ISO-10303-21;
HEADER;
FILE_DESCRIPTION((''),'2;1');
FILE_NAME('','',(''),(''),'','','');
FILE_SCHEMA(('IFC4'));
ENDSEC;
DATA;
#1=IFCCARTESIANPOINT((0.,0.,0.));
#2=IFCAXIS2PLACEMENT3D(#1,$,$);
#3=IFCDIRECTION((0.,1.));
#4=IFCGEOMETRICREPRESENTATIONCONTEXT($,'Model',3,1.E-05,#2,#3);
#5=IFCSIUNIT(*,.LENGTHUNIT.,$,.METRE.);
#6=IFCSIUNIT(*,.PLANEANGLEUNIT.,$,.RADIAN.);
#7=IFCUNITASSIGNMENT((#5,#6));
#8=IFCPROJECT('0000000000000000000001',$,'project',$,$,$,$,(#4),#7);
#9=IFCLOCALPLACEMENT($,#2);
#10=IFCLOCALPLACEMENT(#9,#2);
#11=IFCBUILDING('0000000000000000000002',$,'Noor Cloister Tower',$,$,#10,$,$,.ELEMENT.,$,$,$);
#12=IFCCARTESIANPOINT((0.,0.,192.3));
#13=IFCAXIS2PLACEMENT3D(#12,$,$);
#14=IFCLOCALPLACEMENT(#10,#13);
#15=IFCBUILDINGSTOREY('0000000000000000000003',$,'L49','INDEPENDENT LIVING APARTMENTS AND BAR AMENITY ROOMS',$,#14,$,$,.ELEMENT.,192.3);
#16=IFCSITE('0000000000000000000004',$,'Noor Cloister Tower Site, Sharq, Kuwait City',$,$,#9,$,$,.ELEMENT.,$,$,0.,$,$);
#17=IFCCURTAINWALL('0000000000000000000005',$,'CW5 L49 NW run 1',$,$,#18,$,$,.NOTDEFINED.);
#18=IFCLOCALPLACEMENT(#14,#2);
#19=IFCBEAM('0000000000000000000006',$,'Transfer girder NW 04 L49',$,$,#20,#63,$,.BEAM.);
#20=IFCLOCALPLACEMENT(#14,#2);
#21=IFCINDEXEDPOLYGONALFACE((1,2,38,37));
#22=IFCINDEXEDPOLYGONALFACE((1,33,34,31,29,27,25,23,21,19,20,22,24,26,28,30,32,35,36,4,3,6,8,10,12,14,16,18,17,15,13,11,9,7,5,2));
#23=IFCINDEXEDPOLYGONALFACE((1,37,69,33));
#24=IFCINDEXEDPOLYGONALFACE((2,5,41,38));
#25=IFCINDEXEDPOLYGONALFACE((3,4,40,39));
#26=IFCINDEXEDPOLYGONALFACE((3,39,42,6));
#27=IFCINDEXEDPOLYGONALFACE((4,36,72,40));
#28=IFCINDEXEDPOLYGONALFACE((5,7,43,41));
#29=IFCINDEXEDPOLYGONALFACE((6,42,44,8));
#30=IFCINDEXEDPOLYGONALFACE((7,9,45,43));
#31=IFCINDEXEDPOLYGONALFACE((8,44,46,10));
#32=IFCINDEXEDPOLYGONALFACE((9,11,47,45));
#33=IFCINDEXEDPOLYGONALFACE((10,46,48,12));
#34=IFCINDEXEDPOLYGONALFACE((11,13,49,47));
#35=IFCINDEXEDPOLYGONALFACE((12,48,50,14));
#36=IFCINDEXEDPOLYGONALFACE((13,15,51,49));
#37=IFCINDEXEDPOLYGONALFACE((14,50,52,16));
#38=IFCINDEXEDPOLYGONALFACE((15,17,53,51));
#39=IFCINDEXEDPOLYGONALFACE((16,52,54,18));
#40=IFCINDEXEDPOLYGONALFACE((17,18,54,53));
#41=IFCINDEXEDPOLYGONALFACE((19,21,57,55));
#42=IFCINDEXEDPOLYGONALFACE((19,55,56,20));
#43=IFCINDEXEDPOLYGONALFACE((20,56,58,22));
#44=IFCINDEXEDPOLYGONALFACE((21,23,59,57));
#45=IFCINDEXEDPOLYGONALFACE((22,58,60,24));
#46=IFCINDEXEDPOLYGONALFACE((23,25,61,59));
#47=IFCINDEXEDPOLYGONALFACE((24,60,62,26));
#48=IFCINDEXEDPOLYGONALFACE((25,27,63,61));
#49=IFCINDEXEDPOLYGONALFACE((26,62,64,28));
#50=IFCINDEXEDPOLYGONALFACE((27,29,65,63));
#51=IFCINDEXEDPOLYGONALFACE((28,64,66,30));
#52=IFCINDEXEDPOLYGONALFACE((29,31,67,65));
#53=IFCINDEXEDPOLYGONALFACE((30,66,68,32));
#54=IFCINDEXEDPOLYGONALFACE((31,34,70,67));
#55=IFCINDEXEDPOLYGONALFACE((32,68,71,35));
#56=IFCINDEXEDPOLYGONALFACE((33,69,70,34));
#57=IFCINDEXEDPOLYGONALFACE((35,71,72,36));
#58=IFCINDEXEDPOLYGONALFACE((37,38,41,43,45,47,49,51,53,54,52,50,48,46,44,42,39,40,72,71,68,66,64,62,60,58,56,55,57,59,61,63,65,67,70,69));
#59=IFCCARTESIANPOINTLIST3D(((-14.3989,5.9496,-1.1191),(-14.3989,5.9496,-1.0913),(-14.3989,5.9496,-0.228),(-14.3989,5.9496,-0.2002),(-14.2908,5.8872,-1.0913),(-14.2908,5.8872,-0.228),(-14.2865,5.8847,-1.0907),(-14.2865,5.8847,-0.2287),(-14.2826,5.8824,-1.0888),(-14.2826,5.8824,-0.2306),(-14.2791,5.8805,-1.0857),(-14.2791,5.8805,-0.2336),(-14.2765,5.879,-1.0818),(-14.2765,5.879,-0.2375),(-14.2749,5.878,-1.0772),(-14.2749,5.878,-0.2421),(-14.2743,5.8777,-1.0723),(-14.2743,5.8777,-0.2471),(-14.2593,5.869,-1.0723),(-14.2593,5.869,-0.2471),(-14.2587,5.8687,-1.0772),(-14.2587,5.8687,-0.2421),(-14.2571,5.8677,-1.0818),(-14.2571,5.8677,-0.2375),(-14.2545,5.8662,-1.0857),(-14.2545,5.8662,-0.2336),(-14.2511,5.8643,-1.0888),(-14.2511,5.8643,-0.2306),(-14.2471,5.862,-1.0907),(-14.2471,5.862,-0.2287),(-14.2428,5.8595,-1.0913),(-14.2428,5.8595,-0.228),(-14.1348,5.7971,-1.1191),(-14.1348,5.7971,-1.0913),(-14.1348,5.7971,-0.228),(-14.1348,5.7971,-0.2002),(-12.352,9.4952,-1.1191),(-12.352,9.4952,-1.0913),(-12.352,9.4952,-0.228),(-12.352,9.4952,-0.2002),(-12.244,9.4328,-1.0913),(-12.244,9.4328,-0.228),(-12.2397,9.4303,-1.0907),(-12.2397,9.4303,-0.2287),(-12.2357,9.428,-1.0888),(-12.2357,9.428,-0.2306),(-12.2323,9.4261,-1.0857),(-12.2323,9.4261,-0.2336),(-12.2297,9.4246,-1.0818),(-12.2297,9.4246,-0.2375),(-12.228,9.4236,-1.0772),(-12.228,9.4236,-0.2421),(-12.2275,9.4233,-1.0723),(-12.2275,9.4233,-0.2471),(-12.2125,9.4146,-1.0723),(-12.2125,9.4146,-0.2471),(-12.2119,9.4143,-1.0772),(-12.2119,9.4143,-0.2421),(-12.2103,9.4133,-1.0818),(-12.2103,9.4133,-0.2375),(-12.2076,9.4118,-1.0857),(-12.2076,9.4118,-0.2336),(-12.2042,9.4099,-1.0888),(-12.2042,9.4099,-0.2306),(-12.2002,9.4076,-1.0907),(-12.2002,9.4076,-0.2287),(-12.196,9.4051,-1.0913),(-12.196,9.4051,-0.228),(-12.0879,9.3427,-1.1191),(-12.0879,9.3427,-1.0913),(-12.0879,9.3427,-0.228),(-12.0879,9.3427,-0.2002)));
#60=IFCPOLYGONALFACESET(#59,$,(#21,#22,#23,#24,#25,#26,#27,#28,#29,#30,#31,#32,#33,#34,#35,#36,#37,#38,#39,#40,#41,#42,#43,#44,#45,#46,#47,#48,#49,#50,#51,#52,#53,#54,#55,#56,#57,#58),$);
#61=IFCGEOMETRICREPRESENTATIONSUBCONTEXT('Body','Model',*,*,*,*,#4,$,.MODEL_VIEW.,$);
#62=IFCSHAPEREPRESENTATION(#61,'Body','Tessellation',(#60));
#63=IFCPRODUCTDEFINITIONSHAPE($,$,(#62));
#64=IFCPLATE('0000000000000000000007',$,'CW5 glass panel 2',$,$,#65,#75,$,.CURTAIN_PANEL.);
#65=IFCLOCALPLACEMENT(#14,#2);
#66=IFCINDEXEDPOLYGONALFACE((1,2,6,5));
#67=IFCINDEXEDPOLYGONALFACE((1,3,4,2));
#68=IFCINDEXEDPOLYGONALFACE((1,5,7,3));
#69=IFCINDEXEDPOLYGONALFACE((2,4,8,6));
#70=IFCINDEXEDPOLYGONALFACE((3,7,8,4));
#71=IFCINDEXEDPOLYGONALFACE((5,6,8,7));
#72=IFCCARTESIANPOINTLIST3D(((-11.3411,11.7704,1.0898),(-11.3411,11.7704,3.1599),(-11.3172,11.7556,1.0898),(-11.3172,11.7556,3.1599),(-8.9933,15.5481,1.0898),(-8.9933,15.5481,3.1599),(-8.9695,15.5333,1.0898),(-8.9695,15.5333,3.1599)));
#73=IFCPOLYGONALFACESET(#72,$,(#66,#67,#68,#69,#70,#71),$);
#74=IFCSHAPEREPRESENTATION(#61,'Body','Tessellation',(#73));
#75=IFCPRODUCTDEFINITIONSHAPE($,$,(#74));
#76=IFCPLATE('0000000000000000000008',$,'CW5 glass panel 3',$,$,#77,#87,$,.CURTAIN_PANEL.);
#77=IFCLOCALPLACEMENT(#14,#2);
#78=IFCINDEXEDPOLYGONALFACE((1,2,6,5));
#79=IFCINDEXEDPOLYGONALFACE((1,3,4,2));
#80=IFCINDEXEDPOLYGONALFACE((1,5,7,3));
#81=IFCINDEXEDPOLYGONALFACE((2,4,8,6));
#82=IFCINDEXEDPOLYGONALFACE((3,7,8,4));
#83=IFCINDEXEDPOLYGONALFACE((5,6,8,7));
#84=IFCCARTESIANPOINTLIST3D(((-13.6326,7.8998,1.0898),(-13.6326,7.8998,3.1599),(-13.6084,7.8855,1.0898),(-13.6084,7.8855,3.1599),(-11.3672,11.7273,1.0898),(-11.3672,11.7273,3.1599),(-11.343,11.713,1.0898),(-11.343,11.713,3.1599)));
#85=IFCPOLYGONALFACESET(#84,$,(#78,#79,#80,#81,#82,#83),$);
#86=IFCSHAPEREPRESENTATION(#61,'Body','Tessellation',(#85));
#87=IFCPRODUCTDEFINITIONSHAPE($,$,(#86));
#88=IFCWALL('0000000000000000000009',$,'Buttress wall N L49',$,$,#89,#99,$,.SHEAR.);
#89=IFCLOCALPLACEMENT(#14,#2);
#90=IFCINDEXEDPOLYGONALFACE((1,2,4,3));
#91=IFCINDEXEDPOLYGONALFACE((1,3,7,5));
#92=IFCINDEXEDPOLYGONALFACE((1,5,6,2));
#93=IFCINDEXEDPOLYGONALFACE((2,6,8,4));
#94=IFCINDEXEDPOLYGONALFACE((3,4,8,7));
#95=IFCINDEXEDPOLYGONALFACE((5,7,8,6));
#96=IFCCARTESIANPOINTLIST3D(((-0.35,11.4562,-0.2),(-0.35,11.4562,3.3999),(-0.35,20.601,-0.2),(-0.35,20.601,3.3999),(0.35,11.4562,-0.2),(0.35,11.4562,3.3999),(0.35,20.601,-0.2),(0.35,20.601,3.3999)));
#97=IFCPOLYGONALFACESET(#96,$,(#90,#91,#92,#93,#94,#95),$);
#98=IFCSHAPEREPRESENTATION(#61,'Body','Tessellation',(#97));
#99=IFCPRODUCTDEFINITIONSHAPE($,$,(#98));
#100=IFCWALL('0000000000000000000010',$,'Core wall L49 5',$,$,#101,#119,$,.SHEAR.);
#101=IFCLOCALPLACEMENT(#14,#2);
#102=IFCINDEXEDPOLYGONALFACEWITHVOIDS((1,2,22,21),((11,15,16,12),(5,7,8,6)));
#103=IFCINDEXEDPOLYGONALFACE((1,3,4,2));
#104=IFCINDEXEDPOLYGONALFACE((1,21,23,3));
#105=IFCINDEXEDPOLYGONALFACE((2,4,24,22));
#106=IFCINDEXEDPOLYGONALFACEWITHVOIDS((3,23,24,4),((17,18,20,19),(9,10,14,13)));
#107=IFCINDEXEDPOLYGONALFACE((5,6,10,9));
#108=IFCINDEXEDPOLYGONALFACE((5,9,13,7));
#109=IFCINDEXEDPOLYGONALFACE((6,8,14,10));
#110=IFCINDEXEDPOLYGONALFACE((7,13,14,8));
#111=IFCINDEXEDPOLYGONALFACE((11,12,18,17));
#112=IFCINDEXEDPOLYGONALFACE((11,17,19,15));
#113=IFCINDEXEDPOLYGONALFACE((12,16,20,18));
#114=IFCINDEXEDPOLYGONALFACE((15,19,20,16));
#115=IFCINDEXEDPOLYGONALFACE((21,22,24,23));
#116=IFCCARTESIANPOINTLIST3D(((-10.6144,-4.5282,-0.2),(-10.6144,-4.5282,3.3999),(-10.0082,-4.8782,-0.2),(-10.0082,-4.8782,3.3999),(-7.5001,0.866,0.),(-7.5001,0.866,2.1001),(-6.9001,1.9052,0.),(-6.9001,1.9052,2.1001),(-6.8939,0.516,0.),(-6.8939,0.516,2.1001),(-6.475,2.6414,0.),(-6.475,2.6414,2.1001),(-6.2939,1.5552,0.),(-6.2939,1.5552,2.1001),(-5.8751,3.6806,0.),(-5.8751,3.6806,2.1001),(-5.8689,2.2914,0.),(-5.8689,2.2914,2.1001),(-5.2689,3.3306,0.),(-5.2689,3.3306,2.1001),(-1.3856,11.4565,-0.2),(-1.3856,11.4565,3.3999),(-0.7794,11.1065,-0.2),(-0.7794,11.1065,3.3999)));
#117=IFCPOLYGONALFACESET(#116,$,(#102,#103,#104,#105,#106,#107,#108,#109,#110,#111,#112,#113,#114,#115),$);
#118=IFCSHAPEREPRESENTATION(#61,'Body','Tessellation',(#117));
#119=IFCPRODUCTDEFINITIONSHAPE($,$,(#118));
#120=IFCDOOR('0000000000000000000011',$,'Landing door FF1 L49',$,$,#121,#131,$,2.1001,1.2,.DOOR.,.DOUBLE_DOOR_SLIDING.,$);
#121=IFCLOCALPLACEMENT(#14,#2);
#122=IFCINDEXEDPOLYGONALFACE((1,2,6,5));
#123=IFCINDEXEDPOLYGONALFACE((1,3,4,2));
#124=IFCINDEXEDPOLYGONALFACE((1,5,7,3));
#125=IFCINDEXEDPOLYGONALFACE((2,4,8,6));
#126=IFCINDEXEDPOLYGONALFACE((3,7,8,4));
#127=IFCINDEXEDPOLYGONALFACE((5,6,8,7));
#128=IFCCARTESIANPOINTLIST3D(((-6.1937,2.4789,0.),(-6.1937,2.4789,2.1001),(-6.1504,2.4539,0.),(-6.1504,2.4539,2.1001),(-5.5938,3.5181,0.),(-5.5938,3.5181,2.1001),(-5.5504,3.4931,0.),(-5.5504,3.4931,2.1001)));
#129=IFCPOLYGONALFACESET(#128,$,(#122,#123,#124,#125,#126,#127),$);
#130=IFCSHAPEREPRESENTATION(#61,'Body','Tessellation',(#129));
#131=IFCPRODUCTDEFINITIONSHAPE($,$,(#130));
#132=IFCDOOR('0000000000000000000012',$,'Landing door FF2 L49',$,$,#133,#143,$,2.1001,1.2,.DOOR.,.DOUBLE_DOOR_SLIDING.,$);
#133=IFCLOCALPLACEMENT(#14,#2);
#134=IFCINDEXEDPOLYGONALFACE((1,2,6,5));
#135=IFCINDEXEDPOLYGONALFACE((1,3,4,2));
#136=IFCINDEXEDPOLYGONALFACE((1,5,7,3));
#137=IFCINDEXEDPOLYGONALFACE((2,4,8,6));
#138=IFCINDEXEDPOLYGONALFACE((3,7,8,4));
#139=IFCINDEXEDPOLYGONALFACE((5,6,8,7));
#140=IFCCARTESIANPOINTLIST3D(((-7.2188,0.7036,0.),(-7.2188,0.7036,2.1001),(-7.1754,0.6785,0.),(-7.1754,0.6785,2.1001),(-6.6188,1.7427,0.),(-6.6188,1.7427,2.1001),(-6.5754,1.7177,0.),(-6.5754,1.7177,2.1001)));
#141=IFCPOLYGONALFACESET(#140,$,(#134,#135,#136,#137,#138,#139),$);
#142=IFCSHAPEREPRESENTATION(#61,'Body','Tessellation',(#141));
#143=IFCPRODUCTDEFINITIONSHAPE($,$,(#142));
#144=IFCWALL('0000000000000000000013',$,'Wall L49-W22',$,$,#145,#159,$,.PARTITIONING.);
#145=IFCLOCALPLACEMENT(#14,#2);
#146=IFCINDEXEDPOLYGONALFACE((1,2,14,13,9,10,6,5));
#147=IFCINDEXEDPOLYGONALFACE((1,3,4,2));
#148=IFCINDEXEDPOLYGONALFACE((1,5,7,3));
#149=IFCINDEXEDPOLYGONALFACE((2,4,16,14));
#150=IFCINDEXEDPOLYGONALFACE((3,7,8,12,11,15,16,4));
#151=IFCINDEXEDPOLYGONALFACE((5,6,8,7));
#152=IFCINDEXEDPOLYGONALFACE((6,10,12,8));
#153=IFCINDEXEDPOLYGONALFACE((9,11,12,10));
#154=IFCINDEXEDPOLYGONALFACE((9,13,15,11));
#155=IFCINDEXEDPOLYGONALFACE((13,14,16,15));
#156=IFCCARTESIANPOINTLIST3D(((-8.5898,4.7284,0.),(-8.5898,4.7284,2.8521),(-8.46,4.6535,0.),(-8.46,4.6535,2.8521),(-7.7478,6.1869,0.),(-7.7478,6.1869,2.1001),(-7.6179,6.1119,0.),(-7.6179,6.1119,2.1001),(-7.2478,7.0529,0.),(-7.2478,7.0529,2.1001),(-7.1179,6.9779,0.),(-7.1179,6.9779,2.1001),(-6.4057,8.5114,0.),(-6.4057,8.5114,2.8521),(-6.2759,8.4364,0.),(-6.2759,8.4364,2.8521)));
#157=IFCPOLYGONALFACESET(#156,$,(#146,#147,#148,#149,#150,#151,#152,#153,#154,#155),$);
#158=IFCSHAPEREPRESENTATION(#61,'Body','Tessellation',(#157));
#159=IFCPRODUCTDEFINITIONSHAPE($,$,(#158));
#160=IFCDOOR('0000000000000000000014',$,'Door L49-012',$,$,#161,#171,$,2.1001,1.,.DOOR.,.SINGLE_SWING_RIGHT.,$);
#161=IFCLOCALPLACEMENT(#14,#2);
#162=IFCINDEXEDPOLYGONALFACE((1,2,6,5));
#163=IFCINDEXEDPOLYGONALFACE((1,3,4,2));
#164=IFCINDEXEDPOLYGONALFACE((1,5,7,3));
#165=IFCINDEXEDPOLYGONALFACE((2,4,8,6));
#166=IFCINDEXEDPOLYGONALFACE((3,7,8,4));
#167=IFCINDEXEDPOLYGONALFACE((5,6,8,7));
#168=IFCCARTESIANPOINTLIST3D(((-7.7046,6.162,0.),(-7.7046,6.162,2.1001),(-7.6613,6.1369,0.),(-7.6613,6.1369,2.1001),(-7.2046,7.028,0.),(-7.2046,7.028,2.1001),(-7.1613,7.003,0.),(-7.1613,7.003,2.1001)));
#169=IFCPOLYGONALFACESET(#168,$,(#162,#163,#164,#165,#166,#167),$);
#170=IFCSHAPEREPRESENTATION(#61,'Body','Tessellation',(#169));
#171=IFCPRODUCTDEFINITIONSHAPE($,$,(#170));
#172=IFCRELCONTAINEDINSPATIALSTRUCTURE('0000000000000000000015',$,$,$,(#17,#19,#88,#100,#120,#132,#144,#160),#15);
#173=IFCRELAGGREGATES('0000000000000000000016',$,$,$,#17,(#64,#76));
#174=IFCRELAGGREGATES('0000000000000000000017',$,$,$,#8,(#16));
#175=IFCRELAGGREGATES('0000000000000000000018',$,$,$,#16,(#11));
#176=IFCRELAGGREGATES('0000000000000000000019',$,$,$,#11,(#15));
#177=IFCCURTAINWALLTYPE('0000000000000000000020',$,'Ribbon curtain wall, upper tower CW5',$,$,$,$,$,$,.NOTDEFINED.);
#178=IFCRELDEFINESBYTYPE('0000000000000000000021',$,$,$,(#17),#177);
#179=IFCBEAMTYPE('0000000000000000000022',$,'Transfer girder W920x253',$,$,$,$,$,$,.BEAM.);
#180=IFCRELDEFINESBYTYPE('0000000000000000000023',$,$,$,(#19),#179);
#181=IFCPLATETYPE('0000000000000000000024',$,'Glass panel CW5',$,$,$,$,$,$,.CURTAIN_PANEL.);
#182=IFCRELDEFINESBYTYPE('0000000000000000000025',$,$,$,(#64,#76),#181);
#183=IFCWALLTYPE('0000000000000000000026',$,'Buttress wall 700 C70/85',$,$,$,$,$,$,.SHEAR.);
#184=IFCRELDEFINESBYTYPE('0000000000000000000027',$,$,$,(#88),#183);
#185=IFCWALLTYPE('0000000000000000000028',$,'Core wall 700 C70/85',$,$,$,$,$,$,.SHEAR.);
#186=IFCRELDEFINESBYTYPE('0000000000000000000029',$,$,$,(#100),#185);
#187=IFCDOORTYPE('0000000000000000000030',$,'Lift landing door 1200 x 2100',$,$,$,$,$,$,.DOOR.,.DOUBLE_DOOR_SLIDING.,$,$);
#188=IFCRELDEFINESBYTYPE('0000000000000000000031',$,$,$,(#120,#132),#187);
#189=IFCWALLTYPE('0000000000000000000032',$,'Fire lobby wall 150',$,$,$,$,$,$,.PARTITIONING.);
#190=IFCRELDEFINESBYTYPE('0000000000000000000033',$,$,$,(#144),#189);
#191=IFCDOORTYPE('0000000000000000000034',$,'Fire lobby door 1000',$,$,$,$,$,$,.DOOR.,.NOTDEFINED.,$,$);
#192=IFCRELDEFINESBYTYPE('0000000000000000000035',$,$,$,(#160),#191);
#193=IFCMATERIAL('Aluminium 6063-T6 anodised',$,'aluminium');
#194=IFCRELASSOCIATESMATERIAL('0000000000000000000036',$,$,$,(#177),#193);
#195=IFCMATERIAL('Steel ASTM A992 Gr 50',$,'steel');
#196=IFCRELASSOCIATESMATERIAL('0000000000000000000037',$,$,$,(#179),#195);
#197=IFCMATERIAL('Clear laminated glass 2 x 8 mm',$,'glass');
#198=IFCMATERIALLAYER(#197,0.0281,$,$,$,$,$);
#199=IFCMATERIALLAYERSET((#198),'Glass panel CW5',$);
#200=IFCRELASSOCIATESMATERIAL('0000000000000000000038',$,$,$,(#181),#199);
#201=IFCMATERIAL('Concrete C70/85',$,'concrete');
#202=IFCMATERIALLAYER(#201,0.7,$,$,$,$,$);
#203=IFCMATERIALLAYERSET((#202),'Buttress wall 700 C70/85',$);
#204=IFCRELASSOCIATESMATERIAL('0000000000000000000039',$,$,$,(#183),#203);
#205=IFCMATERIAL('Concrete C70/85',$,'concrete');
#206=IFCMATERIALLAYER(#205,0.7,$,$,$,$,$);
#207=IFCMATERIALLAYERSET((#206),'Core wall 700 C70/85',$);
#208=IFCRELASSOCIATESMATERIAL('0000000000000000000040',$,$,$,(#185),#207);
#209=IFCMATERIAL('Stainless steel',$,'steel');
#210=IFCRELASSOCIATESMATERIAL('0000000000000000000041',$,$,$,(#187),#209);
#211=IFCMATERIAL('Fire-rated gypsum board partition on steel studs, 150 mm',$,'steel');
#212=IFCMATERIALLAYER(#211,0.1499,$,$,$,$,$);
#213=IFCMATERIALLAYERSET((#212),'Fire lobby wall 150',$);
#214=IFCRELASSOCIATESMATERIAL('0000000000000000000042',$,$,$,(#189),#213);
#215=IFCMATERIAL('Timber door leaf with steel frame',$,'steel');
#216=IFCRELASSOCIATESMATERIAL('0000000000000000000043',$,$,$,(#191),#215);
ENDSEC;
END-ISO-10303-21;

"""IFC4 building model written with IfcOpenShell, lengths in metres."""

from ifc_helpers import new_model, si_unit, direction, frame, frame_2d, origin, origin_2d, place, context, subcontext, project, spatial, rectangle, i_section, extrude, material, layer, layer_set, material_profile, profile_set, type_object, element, fill, aggregate, save


model = new_model("IFC4")

# Units and contexts
model_context = context("Model", 3, precision=1e-05, world=origin(), true_north=direction((0.0, 1.0)))
body_context = subcontext(model_context, "Body", "Model", "MODEL_VIEW")
ifc_project = project(units=[si_unit("LENGTHUNIT", "METRE"), si_unit("PLANEANGLEUNIT", "RADIAN")], contexts=[model_context])

# Site, building, storey
site_placement = place(None, origin())
site = spatial("IfcSite", under=ifc_project, at=site_placement, Name="Noor Cloister Tower Site, Sharq, Kuwait City", CompositionType="ELEMENT", RefElevation=0.0)
building_placement = place(site_placement, origin())
building = spatial("IfcBuilding", under=site, at=building_placement, Name="Noor Cloister Tower", CompositionType="ELEMENT")
storey_placement = place(building_placement, frame((0.0, 0.0, 192.3)))
storey = spatial("IfcBuildingStorey", under=building, at=storey_placement, Name="L49", Description="INDEPENDENT LIVING APARTMENTS AND BAR AMENITY ROOMS", CompositionType="ELEMENT", Elevation=192.3)

# Curtain wall
ifc_material_1 = material(Name="Aluminium 6063-T6 anodised", Category="aluminium")
curtain_wall_type = type_object("IfcCurtainWallType", Name="Ribbon curtain wall, upper tower CW5", PredefinedType="NOTDEFINED", material=ifc_material_1)
curtain_wall_placement = place(storey_placement, origin())
curtain_wall = element("IfcCurtainWall", 1, at=curtain_wall_placement, inside=storey, type_object=curtain_wall_type, Name="CW5 L49 NW run 1", PredefinedType="NOTDEFINED")

# Beam
ifc_material_2 = material(Name="Steel ASTM A992 Gr 50", Category="steel")
ifc_material_profile_1 = material_profile(ifc_material_2, i_section(OverallWidth=0.3049, OverallDepth=0.9189, WebThickness=0.0173, FlangeThickness=0.0278, FilletRadius=0.019, at=origin_2d()), Name="W920x253")
ifc_profile_set_1 = profile_set([ifc_material_profile_1], Name="Steel ASTM A992 Gr 50")
beam_type_1 = type_object("IfcBeamType", Name="Transfer girder W920x253", PredefinedType="BEAM", material=ifc_profile_set_1)
beam_1_placement = place(storey_placement, frame((-12.22, 9.4189, -0.6597), z_axis=(-0.499962, -0.866048, 0.0), x_axis=(0.866048, -0.499962, 0.0)))
element("IfcBeam", 2, at=beam_1_placement, inside=storey, type_object=beam_type_1, Name="Transfer girder NW 04 L49", PredefinedType="BEAM", context=body_context, shape_type="SweptSolid", body=[
    extrude(i_section(OverallWidth=0.3049, OverallDepth=0.9189, WebThickness=0.0173, FlangeThickness=0.0278, FilletRadius=0.019, at=origin_2d()), origin(), (0.0, 0.0, 1.0), 4.094),
])

# Plates
ifc_material_3 = material(Name="Clear laminated glass 2 x 8 mm", Category="glass")
ifc_layer_1 = layer(ifc_material_3, 0.0281)
ifc_layer_set_1 = layer_set([ifc_layer_1], Name="Glass panel CW5")
plate_type = type_object("IfcPlateType", Name="Glass panel CW5", PredefinedType="CURTAIN_PANEL", material=ifc_layer_set_1)
plate_1_placement = place(storey_placement, frame((-10.1553, 13.6519, 1.0898), z_axis=(0.0, 0.0, 1.0), x_axis=(-0.527843, -0.849342, 0.0)))
plate_1 = element("IfcPlate", 3, at=plate_1_placement, type_object=plate_type, Name="CW5 glass panel 2", PredefinedType="CURTAIN_PANEL", context=body_context, shape_type="SweptSolid", body=[
    extrude(rectangle(XDim=4.4478, YDim=0.0281, at=origin_2d()), origin(), (0.0, 0.0, 1.0), 2.0701),
])
plate_2_placement = place(storey_placement, frame((-12.4878, 9.8064, 1.0898), z_axis=(0.0, 0.0, 1.0), x_axis=(-0.509341, -0.860565, 0.0)))
plate_2 = element("IfcPlate", 4, at=plate_2_placement, type_object=plate_type, Name="CW5 glass panel 3", PredefinedType="CURTAIN_PANEL", context=body_context, shape_type="SweptSolid", body=[
    extrude(rectangle(XDim=4.4478, YDim=0.0281, at=origin_2d()), origin(), (0.0, 0.0, 1.0), 2.0701),
])
aggregate(curtain_wall, [plate_1, plate_2])

# Wall
ifc_material_4 = material(Name="Concrete C70/85", Category="concrete")
ifc_layer_2 = layer(ifc_material_4, 0.7)
ifc_layer_set_2 = layer_set([ifc_layer_2], Name="Buttress wall 700 C70/85")
wall_type_1 = type_object("IfcWallType", Name="Buttress wall 700 C70/85", PredefinedType="SHEAR", material=ifc_layer_set_2)
wall_1_placement = place(storey_placement, frame((0.0, 11.4563, -0.2), z_axis=(0.0, 0.0, 1.0), x_axis=(0.0, 1.0, 0.0)))
element("IfcWall", 5, at=wall_1_placement, inside=storey, type_object=wall_type_1, Name="Buttress wall N L49", PredefinedType="SHEAR", context=body_context, shape_type="SweptSolid", body=[
    extrude(rectangle(XDim=9.1448, YDim=0.7, at=frame_2d((4.5723, 0.0))), origin(), (0.0, 0.0, 1.0), 3.5999),
])

# Wall, openings, doors
ifc_material_5 = material(Name="Concrete C70/85", Category="concrete")
ifc_layer_3 = layer(ifc_material_5, 0.7)
ifc_layer_set_3 = layer_set([ifc_layer_3], Name="Core wall 700 C70/85")
wall_type_2 = type_object("IfcWallType", Name="Core wall 700 C70/85", PredefinedType="SHEAR", material=ifc_layer_set_3)
wall_2_placement = place(storey_placement, frame((-1.0825, 11.2815, -0.2), z_axis=(0.0, 0.0, 1.0), x_axis=(-0.500001, -0.866025, 0.0)))
wall_2 = element("IfcWall", 6, at=wall_2_placement, inside=storey, type_object=wall_type_2, Name="Core wall L49 5", PredefinedType="SHEAR", context=body_context, shape_type="SweptSolid", body=[
    extrude(rectangle(XDim=18.4575, YDim=0.7, at=frame_2d((9.2288, 0.0))), origin(), (0.0, 0.0, 1.0), 3.5999),
])
opening_1_placement = place(wall_2_placement, frame((8.9788, 0.0, 0.2)))
opening_1 = element("IfcOpeningElement", 7, at=opening_1_placement, cuts=wall_2, PredefinedType="OPENING", context=body_context, shape_type="SweptSolid", body=[
    extrude(rectangle(XDim=1.2, YDim=2.1001, at=frame_2d((0.6001, 1.05))), frame((0.0, 0.3599, 0.0), z_axis=(0.0, -1.0, 0.0), x_axis=(1.0, 0.0, 0.0)), (0.0, 0.0, 1.0), 0.72),
])
opening_2_placement = place(wall_2_placement, frame((11.0288, 0.0, 0.2)))
opening_2 = element("IfcOpeningElement", 8, at=opening_2_placement, cuts=wall_2, PredefinedType="OPENING", context=body_context, shape_type="SweptSolid", body=[
    extrude(rectangle(XDim=1.2, YDim=2.1001, at=frame_2d((0.6001, 1.05))), frame((0.0, 0.3599, 0.0), z_axis=(0.0, -1.0, 0.0), x_axis=(1.0, 0.0, 0.0)), (0.0, 0.0, 1.0), 0.72),
])
ifc_material_6 = material(Name="Stainless steel", Category="steel")
door_type_1 = type_object("IfcDoorType", Name="Lift landing door 1200 x 2100", OperationType="DOUBLE_DOOR_SLIDING", PredefinedType="DOOR", material=ifc_material_6)
door_1_placement = place(opening_1_placement, origin())
door_1 = element("IfcDoor", 9, at=door_1_placement, inside=storey, type_object=door_type_1, Name="Landing door FF1 L49", OperationType="DOUBLE_DOOR_SLIDING", OverallHeight=2.1001, OverallWidth=1.2, PredefinedType="DOOR", context=body_context, shape_type="SweptSolid", body=[
    extrude(rectangle(XDim=1.2, YDim=2.1001, at=frame_2d((0.6001, 1.05))), frame((0.0, 0.0249, 0.0), z_axis=(0.0, -1.0, 0.0), x_axis=(1.0, 0.0, 0.0)), (0.0, 0.0, 1.0), 0.05),
])
fill(opening_1, door_1)
door_2_placement = place(opening_2_placement, origin())
door_2 = element("IfcDoor", 10, at=door_2_placement, inside=storey, type_object=door_type_1, Name="Landing door FF2 L49", OperationType="DOUBLE_DOOR_SLIDING", OverallHeight=2.1001, OverallWidth=1.2, PredefinedType="DOOR", context=body_context, shape_type="SweptSolid", body=[
    extrude(rectangle(XDim=1.2, YDim=2.1001, at=frame_2d((0.6001, 1.05))), frame((0.0, 0.0249, 0.0), z_axis=(0.0, -1.0, 0.0), x_axis=(1.0, 0.0, 0.0)), (0.0, 0.0, 1.0), 0.05),
])
fill(opening_2, door_2)

# Wall, opening, door
ifc_material_7 = material(Name="Fire-rated gypsum board partition on steel studs, 150 mm", Category="steel")
ifc_layer_4 = layer(ifc_material_7, 0.1499)
ifc_layer_set_4 = layer_set([ifc_layer_4], Name="Fire lobby wall 150")
wall_type_3 = type_object("IfcWallType", Name="Fire lobby wall 150", PredefinedType="PARTITIONING", material=ifc_layer_set_4)
wall_3_placement = place(storey_placement, frame((-6.3408, 8.4739, 0.0), z_axis=(0.0, 0.0, 1.0), x_axis=(-0.499998, -0.866026, 0.0)))
wall_3 = element("IfcWall", 11, at=wall_3_placement, inside=storey, type_object=wall_type_3, Name="Wall L49-W22", PredefinedType="PARTITIONING", context=body_context, shape_type="SweptSolid", body=[
    extrude(rectangle(XDim=4.3682, YDim=0.1499, at=frame_2d((2.1841, 0.0))), origin(), (0.0, 0.0, 1.0), 2.8521),
])
opening_3_placement = place(wall_3_placement, frame((1.6841, 0.0, 0.0)))
opening_3 = element("IfcOpeningElement", 12, at=opening_3_placement, cuts=wall_3, PredefinedType="OPENING", context=body_context, shape_type="SweptSolid", body=[
    extrude(rectangle(XDim=1.0, YDim=2.1001, at=frame_2d((0.5, 1.05))), frame((0.0, 0.085, 0.0), z_axis=(0.0, -1.0, 0.0), x_axis=(1.0, 0.0, 0.0)), (0.0, 0.0, 1.0), 0.1699),
])
ifc_material_8 = material(Name="Timber door leaf with steel frame", Category="steel")
door_type_2 = type_object("IfcDoorType", Name="Fire lobby door 1000", OperationType="NOTDEFINED", PredefinedType="DOOR", material=ifc_material_8)
door_3_placement = place(opening_3_placement, origin())
door_3 = element("IfcDoor", 13, at=door_3_placement, inside=storey, type_object=door_type_2, Name="Door L49-012", OperationType="SINGLE_SWING_RIGHT", OverallHeight=2.1001, OverallWidth=1.0, PredefinedType="DOOR", context=body_context, shape_type="SweptSolid", body=[
    extrude(rectangle(XDim=1.0, YDim=2.1001, at=frame_2d((0.5, 1.05))), frame((0.0, 0.0249, 0.0), z_axis=(0.0, -1.0, 0.0), x_axis=(1.0, 0.0, 0.0)), (0.0, 0.0, 1.0), 0.05),
])
fill(opening_3, door_3)

save(model, "model.ifc")
